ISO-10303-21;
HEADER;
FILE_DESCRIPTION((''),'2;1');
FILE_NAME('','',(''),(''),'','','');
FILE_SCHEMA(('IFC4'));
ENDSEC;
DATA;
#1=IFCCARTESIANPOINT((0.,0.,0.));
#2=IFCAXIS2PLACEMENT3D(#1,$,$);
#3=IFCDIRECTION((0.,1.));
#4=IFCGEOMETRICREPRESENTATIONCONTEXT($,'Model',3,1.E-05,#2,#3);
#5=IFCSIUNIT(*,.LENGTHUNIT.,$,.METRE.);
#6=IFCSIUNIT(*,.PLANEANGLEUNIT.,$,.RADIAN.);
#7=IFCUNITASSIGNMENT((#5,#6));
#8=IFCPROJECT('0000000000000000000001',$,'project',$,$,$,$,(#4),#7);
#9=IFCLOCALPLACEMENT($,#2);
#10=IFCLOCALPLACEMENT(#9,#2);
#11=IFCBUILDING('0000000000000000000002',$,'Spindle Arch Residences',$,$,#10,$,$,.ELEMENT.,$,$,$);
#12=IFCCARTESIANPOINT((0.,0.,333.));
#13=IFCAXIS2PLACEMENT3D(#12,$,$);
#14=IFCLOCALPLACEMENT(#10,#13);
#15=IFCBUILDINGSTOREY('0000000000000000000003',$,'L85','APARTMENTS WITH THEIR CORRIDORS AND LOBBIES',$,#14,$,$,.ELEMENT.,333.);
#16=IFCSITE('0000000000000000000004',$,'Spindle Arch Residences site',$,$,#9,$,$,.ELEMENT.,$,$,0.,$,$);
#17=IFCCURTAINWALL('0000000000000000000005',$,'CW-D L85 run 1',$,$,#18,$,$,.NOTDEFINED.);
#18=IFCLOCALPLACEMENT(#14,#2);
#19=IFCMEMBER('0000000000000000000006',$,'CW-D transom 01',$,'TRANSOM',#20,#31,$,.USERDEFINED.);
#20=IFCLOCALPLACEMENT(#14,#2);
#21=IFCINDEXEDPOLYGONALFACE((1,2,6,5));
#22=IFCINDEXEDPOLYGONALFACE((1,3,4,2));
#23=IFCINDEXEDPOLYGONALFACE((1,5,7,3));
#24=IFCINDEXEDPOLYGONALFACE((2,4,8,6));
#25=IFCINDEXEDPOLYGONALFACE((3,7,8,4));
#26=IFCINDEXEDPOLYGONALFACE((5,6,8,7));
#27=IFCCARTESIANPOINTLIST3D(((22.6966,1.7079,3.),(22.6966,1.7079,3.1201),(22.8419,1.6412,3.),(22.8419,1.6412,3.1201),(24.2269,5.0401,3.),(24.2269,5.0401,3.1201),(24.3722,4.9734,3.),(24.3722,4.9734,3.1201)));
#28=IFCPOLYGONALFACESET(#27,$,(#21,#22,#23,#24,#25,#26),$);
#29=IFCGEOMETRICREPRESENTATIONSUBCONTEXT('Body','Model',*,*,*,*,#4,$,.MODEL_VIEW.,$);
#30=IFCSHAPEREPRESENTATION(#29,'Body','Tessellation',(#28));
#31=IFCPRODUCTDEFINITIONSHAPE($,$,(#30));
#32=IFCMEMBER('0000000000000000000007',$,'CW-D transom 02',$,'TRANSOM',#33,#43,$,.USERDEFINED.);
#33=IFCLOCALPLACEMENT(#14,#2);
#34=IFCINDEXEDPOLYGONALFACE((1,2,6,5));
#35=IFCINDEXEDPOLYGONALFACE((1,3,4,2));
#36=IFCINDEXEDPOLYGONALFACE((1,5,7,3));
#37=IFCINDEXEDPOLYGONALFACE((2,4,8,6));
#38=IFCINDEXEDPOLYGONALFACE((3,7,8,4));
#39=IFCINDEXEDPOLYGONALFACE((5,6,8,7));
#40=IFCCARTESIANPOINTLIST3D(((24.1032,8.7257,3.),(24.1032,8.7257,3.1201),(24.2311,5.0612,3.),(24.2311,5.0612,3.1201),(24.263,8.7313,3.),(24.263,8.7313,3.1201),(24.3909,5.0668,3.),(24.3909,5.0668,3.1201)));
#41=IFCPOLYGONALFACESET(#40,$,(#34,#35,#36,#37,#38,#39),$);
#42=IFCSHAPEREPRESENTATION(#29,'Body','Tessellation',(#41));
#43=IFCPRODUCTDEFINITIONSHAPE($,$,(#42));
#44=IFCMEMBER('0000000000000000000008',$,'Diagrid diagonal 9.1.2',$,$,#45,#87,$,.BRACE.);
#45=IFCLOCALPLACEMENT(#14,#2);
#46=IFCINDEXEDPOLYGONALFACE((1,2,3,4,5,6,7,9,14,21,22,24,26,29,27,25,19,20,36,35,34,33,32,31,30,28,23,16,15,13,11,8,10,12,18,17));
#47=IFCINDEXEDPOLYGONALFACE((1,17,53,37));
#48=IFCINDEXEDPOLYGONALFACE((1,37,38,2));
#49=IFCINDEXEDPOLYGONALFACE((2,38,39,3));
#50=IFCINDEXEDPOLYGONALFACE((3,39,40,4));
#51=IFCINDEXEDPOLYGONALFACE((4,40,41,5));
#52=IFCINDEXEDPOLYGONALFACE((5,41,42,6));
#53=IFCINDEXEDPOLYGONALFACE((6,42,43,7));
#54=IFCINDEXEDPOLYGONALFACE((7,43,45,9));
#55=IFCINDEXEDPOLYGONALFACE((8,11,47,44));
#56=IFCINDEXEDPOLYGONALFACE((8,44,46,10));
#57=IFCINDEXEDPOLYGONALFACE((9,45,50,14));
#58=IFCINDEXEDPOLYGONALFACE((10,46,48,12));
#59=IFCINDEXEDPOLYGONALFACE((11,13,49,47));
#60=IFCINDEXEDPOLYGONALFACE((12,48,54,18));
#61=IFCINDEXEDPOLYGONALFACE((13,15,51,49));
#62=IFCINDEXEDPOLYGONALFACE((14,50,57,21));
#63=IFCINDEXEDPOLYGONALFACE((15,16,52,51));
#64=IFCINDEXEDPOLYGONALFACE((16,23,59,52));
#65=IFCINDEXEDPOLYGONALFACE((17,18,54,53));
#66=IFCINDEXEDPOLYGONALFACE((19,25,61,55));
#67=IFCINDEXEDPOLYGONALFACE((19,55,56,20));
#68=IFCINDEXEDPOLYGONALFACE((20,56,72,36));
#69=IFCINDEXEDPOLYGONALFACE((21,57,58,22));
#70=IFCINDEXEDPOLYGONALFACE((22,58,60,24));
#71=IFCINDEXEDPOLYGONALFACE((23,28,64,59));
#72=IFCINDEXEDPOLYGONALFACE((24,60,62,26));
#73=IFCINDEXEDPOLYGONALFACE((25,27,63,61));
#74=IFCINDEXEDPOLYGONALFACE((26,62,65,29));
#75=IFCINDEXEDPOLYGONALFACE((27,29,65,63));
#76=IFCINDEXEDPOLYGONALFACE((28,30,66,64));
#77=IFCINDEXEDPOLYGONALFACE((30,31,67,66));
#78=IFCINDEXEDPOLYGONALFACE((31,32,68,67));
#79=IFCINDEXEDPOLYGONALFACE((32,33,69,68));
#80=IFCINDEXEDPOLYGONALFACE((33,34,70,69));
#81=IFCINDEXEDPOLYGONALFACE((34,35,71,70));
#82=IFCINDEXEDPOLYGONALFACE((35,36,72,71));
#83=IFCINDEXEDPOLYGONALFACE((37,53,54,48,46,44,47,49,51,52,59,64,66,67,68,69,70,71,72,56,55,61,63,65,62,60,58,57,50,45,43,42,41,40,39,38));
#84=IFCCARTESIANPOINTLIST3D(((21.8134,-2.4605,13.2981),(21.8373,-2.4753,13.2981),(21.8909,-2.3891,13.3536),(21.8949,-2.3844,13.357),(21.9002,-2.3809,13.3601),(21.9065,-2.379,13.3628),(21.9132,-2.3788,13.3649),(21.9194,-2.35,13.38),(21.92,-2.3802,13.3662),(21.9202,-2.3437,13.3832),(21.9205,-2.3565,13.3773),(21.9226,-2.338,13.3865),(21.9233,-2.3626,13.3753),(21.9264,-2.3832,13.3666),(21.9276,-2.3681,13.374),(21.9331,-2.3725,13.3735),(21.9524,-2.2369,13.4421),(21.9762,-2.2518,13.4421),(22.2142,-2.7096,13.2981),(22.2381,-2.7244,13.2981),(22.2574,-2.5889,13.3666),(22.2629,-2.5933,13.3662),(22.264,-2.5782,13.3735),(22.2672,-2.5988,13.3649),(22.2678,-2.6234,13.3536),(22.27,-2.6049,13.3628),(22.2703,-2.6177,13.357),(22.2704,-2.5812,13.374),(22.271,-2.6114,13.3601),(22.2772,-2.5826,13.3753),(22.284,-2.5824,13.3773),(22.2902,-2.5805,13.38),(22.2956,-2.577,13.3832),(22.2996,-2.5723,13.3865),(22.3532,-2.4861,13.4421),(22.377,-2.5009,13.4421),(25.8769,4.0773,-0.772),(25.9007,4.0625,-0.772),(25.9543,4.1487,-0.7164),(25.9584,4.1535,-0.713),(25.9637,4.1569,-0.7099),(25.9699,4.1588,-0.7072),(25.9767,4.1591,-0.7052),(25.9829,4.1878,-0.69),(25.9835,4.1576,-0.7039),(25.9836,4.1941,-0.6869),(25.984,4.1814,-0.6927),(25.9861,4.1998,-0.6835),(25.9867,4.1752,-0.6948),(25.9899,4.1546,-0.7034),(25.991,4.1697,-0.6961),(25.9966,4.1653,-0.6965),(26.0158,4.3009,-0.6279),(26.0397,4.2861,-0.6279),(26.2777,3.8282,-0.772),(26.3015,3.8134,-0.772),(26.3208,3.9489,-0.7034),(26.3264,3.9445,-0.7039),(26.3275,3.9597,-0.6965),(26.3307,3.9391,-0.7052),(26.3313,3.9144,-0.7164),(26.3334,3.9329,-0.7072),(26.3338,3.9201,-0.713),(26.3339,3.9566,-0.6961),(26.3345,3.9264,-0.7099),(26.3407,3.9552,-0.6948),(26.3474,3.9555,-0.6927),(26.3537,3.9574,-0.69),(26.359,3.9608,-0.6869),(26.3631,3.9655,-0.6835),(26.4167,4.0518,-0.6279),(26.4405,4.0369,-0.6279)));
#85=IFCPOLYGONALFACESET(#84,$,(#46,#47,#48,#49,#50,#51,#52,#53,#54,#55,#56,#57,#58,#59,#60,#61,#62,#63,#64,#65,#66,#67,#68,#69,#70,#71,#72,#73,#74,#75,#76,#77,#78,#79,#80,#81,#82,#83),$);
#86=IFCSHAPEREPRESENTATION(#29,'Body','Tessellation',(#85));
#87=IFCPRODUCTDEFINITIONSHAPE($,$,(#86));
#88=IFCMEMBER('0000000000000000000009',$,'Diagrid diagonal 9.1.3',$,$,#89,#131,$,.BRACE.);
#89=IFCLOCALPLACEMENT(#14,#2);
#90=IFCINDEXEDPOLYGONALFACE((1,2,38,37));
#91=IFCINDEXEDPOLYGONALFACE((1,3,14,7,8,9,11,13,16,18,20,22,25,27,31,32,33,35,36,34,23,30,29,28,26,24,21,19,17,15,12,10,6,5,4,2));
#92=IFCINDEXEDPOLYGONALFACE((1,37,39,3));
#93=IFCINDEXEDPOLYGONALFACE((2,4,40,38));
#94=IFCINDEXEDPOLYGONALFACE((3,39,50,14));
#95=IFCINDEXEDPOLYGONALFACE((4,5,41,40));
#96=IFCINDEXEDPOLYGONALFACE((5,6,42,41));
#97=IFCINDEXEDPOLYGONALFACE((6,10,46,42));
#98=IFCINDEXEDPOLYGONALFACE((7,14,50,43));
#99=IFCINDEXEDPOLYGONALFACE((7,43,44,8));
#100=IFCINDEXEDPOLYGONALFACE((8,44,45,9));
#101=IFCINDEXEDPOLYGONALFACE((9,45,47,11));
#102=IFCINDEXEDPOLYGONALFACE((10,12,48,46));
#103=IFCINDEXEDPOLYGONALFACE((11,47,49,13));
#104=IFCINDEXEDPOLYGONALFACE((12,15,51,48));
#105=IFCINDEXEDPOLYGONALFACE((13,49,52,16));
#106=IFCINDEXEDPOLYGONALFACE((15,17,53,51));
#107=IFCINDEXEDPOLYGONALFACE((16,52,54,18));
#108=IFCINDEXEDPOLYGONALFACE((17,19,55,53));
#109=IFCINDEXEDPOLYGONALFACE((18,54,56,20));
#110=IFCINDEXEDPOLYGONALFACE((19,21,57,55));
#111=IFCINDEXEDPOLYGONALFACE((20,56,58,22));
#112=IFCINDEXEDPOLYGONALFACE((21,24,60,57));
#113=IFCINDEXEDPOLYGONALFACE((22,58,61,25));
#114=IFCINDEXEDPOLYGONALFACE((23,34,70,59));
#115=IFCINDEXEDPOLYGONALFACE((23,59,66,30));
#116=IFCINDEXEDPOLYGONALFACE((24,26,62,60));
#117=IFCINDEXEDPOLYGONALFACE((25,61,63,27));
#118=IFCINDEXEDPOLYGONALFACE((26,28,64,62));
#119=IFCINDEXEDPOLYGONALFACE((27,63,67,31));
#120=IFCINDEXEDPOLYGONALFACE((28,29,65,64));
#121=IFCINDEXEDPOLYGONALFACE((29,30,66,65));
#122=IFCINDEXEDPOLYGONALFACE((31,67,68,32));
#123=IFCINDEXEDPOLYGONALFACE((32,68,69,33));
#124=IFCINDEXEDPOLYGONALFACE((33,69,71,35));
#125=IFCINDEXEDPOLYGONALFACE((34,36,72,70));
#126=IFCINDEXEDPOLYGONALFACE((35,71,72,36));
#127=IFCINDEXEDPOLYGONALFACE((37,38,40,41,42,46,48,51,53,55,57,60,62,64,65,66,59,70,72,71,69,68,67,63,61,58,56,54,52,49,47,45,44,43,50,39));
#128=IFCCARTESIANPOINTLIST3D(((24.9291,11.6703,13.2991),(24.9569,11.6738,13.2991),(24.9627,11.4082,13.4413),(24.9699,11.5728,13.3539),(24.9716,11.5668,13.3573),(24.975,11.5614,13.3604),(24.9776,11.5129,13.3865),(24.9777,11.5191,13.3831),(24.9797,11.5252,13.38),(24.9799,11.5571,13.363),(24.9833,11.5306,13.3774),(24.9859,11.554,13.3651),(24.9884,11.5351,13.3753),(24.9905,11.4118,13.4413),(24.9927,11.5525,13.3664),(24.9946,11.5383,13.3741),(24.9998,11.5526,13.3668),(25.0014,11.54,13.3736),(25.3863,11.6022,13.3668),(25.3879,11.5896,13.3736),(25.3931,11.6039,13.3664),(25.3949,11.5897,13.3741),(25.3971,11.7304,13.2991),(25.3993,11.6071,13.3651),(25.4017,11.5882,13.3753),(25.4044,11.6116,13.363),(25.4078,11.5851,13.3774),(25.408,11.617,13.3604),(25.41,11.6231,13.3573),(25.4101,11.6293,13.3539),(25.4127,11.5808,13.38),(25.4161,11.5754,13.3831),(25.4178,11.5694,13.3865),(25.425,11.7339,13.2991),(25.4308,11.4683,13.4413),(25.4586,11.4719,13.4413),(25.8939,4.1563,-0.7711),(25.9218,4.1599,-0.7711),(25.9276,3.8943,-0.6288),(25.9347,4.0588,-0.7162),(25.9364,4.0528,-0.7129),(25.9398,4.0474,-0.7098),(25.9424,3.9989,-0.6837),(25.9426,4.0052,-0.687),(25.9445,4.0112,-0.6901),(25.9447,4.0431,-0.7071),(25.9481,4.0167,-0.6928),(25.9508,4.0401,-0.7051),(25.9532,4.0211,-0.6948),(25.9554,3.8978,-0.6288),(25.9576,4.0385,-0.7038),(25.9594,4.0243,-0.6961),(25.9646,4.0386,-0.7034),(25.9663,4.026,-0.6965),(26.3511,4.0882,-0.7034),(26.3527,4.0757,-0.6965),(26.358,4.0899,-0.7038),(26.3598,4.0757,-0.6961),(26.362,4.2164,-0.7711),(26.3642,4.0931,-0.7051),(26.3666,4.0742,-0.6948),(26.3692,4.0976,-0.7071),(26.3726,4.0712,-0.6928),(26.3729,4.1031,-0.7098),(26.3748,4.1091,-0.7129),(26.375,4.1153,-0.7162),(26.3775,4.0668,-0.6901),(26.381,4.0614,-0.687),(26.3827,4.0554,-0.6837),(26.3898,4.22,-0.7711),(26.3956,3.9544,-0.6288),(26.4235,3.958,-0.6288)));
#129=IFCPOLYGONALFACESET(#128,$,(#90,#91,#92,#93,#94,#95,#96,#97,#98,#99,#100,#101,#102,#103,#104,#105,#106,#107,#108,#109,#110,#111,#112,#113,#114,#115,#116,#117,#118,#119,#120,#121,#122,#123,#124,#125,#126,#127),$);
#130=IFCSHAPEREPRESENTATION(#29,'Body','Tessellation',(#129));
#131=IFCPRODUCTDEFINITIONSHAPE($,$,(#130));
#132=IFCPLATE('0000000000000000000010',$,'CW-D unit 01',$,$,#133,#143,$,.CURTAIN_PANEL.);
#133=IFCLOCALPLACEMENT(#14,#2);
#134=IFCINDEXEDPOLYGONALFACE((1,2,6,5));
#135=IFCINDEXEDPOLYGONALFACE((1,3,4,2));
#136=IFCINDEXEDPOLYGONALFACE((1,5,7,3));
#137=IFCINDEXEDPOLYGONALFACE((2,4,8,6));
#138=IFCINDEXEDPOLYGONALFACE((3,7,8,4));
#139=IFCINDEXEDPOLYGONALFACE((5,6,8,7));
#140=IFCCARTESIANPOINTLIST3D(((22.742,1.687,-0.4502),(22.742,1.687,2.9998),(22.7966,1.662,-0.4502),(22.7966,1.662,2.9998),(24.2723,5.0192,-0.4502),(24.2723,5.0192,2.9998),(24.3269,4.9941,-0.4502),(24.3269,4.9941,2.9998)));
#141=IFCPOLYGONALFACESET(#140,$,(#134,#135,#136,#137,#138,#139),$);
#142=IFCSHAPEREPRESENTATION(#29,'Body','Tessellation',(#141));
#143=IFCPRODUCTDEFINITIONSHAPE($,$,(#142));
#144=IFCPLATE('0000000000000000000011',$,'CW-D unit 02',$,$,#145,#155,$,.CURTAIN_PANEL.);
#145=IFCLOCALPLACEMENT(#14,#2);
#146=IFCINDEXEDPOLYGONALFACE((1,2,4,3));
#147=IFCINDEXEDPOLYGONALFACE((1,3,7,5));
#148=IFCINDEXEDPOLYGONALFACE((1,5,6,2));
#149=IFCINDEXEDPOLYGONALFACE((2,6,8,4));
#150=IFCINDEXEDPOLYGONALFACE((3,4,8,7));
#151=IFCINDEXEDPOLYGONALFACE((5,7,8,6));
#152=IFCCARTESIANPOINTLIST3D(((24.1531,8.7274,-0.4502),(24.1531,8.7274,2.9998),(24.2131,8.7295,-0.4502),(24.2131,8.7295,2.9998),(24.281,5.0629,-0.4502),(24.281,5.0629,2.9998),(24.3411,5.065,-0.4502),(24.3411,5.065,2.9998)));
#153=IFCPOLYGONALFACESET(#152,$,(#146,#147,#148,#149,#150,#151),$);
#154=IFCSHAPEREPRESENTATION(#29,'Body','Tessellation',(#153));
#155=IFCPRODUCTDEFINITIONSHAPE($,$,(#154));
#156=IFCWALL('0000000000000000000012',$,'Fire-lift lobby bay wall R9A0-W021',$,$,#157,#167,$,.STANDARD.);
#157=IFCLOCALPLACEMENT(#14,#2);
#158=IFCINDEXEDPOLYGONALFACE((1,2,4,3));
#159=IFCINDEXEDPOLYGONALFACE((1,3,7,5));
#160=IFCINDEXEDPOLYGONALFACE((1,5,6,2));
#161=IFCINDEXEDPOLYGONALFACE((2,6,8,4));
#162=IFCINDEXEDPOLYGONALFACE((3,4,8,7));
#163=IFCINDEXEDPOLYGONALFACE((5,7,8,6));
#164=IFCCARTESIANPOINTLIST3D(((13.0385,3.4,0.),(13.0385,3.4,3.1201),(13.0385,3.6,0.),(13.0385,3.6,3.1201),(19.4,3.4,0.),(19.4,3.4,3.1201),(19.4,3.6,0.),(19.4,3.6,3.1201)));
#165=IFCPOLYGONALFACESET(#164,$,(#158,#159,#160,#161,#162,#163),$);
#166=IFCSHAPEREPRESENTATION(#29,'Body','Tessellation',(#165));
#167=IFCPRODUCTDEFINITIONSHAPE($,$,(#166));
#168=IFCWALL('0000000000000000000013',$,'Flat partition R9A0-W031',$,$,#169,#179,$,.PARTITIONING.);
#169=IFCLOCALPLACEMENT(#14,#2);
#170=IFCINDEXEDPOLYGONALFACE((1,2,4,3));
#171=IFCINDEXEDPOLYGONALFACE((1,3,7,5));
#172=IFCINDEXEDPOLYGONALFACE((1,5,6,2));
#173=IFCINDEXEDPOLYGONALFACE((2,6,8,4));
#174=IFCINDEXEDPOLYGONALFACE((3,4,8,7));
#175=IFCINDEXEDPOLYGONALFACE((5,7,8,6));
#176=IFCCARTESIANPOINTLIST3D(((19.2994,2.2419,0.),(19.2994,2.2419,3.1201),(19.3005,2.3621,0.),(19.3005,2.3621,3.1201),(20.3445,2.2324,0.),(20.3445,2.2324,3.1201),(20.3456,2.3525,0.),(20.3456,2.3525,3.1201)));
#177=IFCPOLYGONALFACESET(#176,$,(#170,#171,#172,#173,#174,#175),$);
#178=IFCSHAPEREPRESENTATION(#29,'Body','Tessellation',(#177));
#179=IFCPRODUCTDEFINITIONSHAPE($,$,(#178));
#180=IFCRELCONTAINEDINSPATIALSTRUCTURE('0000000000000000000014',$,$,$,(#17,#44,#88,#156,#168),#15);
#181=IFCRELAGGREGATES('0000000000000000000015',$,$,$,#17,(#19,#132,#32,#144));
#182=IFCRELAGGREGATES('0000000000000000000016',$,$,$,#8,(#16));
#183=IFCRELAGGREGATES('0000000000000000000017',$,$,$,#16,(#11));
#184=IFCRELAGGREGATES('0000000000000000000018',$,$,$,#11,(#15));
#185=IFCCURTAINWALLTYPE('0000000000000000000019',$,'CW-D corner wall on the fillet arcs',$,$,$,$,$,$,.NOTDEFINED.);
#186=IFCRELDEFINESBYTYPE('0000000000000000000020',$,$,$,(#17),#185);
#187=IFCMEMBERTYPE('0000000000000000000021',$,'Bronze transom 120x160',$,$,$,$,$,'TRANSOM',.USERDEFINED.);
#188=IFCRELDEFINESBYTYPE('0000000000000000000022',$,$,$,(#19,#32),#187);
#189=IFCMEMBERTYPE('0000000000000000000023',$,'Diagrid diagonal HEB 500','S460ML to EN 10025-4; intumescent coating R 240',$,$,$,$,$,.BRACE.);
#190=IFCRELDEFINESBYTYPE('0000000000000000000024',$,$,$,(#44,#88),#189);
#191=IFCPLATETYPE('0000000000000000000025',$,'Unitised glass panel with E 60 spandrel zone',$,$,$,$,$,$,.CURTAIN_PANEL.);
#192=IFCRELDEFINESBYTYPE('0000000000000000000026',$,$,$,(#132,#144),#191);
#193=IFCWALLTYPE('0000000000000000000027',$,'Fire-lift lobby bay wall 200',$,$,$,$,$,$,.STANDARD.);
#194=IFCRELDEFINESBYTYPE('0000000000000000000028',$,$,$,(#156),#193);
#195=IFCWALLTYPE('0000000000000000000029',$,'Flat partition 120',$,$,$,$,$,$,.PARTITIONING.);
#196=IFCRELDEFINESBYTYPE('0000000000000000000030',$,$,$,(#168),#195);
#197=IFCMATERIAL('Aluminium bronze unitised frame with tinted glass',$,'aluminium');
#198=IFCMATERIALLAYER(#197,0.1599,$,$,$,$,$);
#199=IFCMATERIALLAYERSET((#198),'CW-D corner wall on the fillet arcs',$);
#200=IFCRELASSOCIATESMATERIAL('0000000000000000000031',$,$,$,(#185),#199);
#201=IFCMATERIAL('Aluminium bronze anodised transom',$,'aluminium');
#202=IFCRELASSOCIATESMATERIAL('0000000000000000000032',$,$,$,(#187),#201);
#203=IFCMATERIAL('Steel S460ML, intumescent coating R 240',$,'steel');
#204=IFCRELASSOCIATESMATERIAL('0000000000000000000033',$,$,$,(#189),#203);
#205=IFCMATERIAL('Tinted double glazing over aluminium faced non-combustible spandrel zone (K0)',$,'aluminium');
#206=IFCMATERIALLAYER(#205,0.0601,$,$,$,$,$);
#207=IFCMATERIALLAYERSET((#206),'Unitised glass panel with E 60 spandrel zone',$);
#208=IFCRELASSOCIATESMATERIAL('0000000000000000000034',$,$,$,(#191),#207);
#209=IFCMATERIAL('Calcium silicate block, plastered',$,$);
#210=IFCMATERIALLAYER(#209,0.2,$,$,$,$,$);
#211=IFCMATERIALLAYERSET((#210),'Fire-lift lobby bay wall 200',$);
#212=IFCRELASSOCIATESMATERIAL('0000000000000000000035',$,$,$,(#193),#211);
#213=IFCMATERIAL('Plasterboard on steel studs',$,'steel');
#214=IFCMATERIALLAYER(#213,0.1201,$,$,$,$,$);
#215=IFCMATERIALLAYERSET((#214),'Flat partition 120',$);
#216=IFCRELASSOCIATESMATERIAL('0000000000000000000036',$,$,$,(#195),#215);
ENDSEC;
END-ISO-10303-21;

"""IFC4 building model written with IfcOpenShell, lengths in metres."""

from ifc_helpers import new_model, si_unit, direction, frame, frame_2d, origin, origin_2d, place, context, subcontext, project, spatial, rectangle, i_section, extrude, material, layer, layer_set, material_profile, profile_set, type_object, element, aggregate, save


model = new_model("IFC4")

# Units and contexts
model_context = context("Model", 3, precision=1e-05, world=origin(), true_north=direction((0.0, 1.0)))
body_context = subcontext(model_context, "Body", "Model", "MODEL_VIEW")
ifc_project = project(units=[si_unit("LENGTHUNIT", "METRE"), si_unit("PLANEANGLEUNIT", "RADIAN")], contexts=[model_context])

# Site, building, storey
site_placement = place(None, origin())
site = spatial("IfcSite", under=ifc_project, at=site_placement, Name="Spindle Arch Residences site", CompositionType="ELEMENT", RefElevation=0.0)
building_placement = place(site_placement, origin())
building = spatial("IfcBuilding", under=site, at=building_placement, Name="Spindle Arch Residences", CompositionType="ELEMENT")
storey_placement = place(building_placement, frame((0.0, 0.0, 333.0)))
storey = spatial("IfcBuildingStorey", under=building, at=storey_placement, Name="L85", Description="APARTMENTS WITH THEIR CORRIDORS AND LOBBIES", CompositionType="ELEMENT", Elevation=333.0)

# Curtain wall, members
ifc_material_1 = material(Name="Aluminium bronze unitised frame with tinted glass", Category="aluminium")
ifc_layer_1 = layer(ifc_material_1, 0.1599)
ifc_layer_set_1 = layer_set([ifc_layer_1], Name="CW-D corner wall on the fillet arcs")
curtain_wall_type = type_object("IfcCurtainWallType", Name="CW-D corner wall on the fillet arcs", PredefinedType="NOTDEFINED", material=ifc_layer_set_1)
curtain_wall_placement = place(storey_placement, origin())
curtain_wall = element("IfcCurtainWall", 1, at=curtain_wall_placement, inside=storey, type_object=curtain_wall_type, Name="CW-D L85 run 1", PredefinedType="NOTDEFINED")
ifc_material_2 = material(Name="Aluminium bronze anodised transom", Category="aluminium")
ifc_material_profile_1 = material_profile(ifc_material_2, rectangle(XDim=0.1599, YDim=0.1201, at=origin_2d()), Name="TR 120x160")
ifc_profile_set_1 = profile_set([ifc_material_profile_1], Name="Aluminium bronze anodised transom")
member_type_1 = type_object("IfcMemberType", Name="Bronze transom 120x160", ElementType="TRANSOM", PredefinedType="USERDEFINED", material=ifc_profile_set_1)
member_1_placement = place(storey_placement, frame((22.7693, 1.6746, 3.0601), z_axis=(0.417326, 0.908757, 0.0), x_axis=(-0.908757, 0.417326, 0.0)))
member_1 = element("IfcMember", 2, at=member_1_placement, type_object=member_type_1, Name="CW-D transom 01", ObjectType="TRANSOM", PredefinedType="USERDEFINED", context=body_context, shape_type="SweptSolid", body=[
    extrude(rectangle(XDim=0.1599, YDim=0.1201, at=origin_2d()), origin(), (0.0, 0.0, 1.0), 3.6667),
])
member_2_placement = place(storey_placement, frame((24.311, 5.064, 3.0601), z_axis=(-0.034889, 0.999391, 0.0), x_axis=(-0.999391, -0.034889, 0.0)))
member_2 = element("IfcMember", 3, at=member_2_placement, type_object=member_type_1, Name="CW-D transom 02", ObjectType="TRANSOM", PredefinedType="USERDEFINED", context=body_context, shape_type="SweptSolid", body=[
    extrude(rectangle(XDim=0.1599, YDim=0.1201, at=origin_2d()), origin(), (0.0, 0.0, 1.0), 3.6667),
])

# Members
ifc_material_3 = material(Name="Steel S460ML, intumescent coating R 240", Category="steel")
ifc_material_profile_2 = material_profile(ifc_material_3, i_section(OverallWidth=0.3, OverallDepth=0.5, WebThickness=0.0144, FlangeThickness=0.0281, FilletRadius=0.0271, at=origin_2d()), Name="HEB 500")
ifc_profile_set_2 = profile_set([ifc_material_profile_2], Name="Steel S460ML, intumescent coating R 240")
member_type_2 = type_object("IfcMemberType", Name="Diagrid diagonal HEB 500", Description="S460ML to EN 10025-4; intumescent coating R 240", PredefinedType="BRACE", material=ifc_profile_set_2)
member_3_placement = place(storey_placement, frame((26.1587, 4.0571, -0.7), z_axis=(-0.253363, -0.407643, 0.877288), x_axis=(0.463102, 0.745098, 0.479965)))
element("IfcMember", 4, at=member_3_placement, inside=storey, type_object=member_type_2, Name="Diagrid diagonal 9.1.2", PredefinedType="BRACE", context=body_context, shape_type="SweptSolid", body=[
    extrude(i_section(OverallWidth=0.3, OverallDepth=0.5, WebThickness=0.0144, FlangeThickness=0.0281, FilletRadius=0.0271, at=origin_2d()), origin(), (0.0, 0.0, 1.0), 16.0381),
])
member_4_placement = place(storey_placement, frame((26.1587, 4.0571, -0.7), z_axis=(-0.060379, 0.470211, 0.880486), x_axis=(0.11214, -0.873316, 0.474072)))
element("IfcMember", 5, at=member_4_placement, inside=storey, type_object=member_type_2, Name="Diagrid diagonal 9.1.3", PredefinedType="BRACE", context=body_context, shape_type="SweptSolid", body=[
    extrude(i_section(OverallWidth=0.3, OverallDepth=0.5, WebThickness=0.0144, FlangeThickness=0.0281, FilletRadius=0.0271, at=origin_2d()), origin(), (0.0, 0.0, 1.0), 15.98),
])

# Plates
ifc_material_4 = material(Name="Tinted double glazing over aluminium faced non-combustible spandrel zone (K0)", Category="aluminium")
ifc_layer_2 = layer(ifc_material_4, 0.0601)
ifc_layer_set_2 = layer_set([ifc_layer_2], Name="Unitised glass panel with E 60 spandrel zone")
plate_type = type_object("IfcPlateType", Name="Unitised glass panel with E 60 spandrel zone", PredefinedType="CURTAIN_PANEL", material=ifc_layer_set_2)
plate_1_placement = place(storey_placement, frame((23.5344, 3.3406, -0.4502), z_axis=(0.0, 0.0, 1.0), x_axis=(0.417338, 0.908751, 0.0)))
plate_1 = element("IfcPlate", 6, at=plate_1_placement, type_object=plate_type, Name="CW-D unit 01", PredefinedType="CURTAIN_PANEL", context=body_context, shape_type="SweptSolid", body=[
    extrude(rectangle(XDim=3.6667, YDim=0.0601, at=origin_2d()), origin(), (0.0, 0.0, 1.0), 3.45),
])
plate_2_placement = place(storey_placement, frame((24.2471, 6.8962, -0.4502), z_axis=(0.0, 0.0, 1.0), x_axis=(-0.034899, 0.999391, 0.0)))
plate_2 = element("IfcPlate", 7, at=plate_2_placement, type_object=plate_type, Name="CW-D unit 02", PredefinedType="CURTAIN_PANEL", context=body_context, shape_type="SweptSolid", body=[
    extrude(rectangle(XDim=3.6667, YDim=0.0601, at=origin_2d()), origin(), (0.0, 0.0, 1.0), 3.45),
])
aggregate(curtain_wall, [member_1, plate_1, member_2, plate_2])

# Walls
ifc_material_5 = material(Name="Calcium silicate block, plastered")
ifc_layer_3 = layer(ifc_material_5, 0.2)
ifc_layer_set_3 = layer_set([ifc_layer_3], Name="Fire-lift lobby bay wall 200")
wall_type_1 = type_object("IfcWallType", Name="Fire-lift lobby bay wall 200", PredefinedType="STANDARD", material=ifc_layer_set_3)
wall_1_placement = place(storey_placement, frame((19.3999, 3.5, 0.0), z_axis=(0.0, 0.0, 1.0), x_axis=(-1.0, 0.0, 0.0)))
element("IfcWall", 8, at=wall_1_placement, inside=storey, type_object=wall_type_1, Name="Fire-lift lobby bay wall R9A0-W021", PredefinedType="STANDARD", context=body_context, shape_type="SweptSolid", body=[
    extrude(rectangle(XDim=6.3616, YDim=0.2, at=frame_2d((3.1807, 0.0))), origin(), (0.0, 0.0, 1.0), 3.1201),
])
ifc_material_6 = material(Name="Plasterboard on steel studs", Category="steel")
ifc_layer_4 = layer(ifc_material_6, 0.1201)
ifc_layer_set_4 = layer_set([ifc_layer_4], Name="Flat partition 120")
wall_type_2 = type_object("IfcWallType", Name="Flat partition 120", PredefinedType="PARTITIONING", material=ifc_layer_set_4)
wall_2_placement = place(storey_placement, frame((19.3, 2.302, 0.0), z_axis=(0.0, 0.0, 1.0), x_axis=(0.999959, -0.00911, 0.0)))
element("IfcWall", 9, at=wall_2_placement, inside=storey, type_object=wall_type_2, Name="Flat partition R9A0-W031", PredefinedType="PARTITIONING", context=body_context, shape_type="SweptSolid", body=[
    extrude(rectangle(XDim=1.0452, YDim=0.1201, at=frame_2d((0.5225, 0.0))), origin(), (0.0, 0.0, 1.0), 3.1201),
])

save(model, "model.ifc")
